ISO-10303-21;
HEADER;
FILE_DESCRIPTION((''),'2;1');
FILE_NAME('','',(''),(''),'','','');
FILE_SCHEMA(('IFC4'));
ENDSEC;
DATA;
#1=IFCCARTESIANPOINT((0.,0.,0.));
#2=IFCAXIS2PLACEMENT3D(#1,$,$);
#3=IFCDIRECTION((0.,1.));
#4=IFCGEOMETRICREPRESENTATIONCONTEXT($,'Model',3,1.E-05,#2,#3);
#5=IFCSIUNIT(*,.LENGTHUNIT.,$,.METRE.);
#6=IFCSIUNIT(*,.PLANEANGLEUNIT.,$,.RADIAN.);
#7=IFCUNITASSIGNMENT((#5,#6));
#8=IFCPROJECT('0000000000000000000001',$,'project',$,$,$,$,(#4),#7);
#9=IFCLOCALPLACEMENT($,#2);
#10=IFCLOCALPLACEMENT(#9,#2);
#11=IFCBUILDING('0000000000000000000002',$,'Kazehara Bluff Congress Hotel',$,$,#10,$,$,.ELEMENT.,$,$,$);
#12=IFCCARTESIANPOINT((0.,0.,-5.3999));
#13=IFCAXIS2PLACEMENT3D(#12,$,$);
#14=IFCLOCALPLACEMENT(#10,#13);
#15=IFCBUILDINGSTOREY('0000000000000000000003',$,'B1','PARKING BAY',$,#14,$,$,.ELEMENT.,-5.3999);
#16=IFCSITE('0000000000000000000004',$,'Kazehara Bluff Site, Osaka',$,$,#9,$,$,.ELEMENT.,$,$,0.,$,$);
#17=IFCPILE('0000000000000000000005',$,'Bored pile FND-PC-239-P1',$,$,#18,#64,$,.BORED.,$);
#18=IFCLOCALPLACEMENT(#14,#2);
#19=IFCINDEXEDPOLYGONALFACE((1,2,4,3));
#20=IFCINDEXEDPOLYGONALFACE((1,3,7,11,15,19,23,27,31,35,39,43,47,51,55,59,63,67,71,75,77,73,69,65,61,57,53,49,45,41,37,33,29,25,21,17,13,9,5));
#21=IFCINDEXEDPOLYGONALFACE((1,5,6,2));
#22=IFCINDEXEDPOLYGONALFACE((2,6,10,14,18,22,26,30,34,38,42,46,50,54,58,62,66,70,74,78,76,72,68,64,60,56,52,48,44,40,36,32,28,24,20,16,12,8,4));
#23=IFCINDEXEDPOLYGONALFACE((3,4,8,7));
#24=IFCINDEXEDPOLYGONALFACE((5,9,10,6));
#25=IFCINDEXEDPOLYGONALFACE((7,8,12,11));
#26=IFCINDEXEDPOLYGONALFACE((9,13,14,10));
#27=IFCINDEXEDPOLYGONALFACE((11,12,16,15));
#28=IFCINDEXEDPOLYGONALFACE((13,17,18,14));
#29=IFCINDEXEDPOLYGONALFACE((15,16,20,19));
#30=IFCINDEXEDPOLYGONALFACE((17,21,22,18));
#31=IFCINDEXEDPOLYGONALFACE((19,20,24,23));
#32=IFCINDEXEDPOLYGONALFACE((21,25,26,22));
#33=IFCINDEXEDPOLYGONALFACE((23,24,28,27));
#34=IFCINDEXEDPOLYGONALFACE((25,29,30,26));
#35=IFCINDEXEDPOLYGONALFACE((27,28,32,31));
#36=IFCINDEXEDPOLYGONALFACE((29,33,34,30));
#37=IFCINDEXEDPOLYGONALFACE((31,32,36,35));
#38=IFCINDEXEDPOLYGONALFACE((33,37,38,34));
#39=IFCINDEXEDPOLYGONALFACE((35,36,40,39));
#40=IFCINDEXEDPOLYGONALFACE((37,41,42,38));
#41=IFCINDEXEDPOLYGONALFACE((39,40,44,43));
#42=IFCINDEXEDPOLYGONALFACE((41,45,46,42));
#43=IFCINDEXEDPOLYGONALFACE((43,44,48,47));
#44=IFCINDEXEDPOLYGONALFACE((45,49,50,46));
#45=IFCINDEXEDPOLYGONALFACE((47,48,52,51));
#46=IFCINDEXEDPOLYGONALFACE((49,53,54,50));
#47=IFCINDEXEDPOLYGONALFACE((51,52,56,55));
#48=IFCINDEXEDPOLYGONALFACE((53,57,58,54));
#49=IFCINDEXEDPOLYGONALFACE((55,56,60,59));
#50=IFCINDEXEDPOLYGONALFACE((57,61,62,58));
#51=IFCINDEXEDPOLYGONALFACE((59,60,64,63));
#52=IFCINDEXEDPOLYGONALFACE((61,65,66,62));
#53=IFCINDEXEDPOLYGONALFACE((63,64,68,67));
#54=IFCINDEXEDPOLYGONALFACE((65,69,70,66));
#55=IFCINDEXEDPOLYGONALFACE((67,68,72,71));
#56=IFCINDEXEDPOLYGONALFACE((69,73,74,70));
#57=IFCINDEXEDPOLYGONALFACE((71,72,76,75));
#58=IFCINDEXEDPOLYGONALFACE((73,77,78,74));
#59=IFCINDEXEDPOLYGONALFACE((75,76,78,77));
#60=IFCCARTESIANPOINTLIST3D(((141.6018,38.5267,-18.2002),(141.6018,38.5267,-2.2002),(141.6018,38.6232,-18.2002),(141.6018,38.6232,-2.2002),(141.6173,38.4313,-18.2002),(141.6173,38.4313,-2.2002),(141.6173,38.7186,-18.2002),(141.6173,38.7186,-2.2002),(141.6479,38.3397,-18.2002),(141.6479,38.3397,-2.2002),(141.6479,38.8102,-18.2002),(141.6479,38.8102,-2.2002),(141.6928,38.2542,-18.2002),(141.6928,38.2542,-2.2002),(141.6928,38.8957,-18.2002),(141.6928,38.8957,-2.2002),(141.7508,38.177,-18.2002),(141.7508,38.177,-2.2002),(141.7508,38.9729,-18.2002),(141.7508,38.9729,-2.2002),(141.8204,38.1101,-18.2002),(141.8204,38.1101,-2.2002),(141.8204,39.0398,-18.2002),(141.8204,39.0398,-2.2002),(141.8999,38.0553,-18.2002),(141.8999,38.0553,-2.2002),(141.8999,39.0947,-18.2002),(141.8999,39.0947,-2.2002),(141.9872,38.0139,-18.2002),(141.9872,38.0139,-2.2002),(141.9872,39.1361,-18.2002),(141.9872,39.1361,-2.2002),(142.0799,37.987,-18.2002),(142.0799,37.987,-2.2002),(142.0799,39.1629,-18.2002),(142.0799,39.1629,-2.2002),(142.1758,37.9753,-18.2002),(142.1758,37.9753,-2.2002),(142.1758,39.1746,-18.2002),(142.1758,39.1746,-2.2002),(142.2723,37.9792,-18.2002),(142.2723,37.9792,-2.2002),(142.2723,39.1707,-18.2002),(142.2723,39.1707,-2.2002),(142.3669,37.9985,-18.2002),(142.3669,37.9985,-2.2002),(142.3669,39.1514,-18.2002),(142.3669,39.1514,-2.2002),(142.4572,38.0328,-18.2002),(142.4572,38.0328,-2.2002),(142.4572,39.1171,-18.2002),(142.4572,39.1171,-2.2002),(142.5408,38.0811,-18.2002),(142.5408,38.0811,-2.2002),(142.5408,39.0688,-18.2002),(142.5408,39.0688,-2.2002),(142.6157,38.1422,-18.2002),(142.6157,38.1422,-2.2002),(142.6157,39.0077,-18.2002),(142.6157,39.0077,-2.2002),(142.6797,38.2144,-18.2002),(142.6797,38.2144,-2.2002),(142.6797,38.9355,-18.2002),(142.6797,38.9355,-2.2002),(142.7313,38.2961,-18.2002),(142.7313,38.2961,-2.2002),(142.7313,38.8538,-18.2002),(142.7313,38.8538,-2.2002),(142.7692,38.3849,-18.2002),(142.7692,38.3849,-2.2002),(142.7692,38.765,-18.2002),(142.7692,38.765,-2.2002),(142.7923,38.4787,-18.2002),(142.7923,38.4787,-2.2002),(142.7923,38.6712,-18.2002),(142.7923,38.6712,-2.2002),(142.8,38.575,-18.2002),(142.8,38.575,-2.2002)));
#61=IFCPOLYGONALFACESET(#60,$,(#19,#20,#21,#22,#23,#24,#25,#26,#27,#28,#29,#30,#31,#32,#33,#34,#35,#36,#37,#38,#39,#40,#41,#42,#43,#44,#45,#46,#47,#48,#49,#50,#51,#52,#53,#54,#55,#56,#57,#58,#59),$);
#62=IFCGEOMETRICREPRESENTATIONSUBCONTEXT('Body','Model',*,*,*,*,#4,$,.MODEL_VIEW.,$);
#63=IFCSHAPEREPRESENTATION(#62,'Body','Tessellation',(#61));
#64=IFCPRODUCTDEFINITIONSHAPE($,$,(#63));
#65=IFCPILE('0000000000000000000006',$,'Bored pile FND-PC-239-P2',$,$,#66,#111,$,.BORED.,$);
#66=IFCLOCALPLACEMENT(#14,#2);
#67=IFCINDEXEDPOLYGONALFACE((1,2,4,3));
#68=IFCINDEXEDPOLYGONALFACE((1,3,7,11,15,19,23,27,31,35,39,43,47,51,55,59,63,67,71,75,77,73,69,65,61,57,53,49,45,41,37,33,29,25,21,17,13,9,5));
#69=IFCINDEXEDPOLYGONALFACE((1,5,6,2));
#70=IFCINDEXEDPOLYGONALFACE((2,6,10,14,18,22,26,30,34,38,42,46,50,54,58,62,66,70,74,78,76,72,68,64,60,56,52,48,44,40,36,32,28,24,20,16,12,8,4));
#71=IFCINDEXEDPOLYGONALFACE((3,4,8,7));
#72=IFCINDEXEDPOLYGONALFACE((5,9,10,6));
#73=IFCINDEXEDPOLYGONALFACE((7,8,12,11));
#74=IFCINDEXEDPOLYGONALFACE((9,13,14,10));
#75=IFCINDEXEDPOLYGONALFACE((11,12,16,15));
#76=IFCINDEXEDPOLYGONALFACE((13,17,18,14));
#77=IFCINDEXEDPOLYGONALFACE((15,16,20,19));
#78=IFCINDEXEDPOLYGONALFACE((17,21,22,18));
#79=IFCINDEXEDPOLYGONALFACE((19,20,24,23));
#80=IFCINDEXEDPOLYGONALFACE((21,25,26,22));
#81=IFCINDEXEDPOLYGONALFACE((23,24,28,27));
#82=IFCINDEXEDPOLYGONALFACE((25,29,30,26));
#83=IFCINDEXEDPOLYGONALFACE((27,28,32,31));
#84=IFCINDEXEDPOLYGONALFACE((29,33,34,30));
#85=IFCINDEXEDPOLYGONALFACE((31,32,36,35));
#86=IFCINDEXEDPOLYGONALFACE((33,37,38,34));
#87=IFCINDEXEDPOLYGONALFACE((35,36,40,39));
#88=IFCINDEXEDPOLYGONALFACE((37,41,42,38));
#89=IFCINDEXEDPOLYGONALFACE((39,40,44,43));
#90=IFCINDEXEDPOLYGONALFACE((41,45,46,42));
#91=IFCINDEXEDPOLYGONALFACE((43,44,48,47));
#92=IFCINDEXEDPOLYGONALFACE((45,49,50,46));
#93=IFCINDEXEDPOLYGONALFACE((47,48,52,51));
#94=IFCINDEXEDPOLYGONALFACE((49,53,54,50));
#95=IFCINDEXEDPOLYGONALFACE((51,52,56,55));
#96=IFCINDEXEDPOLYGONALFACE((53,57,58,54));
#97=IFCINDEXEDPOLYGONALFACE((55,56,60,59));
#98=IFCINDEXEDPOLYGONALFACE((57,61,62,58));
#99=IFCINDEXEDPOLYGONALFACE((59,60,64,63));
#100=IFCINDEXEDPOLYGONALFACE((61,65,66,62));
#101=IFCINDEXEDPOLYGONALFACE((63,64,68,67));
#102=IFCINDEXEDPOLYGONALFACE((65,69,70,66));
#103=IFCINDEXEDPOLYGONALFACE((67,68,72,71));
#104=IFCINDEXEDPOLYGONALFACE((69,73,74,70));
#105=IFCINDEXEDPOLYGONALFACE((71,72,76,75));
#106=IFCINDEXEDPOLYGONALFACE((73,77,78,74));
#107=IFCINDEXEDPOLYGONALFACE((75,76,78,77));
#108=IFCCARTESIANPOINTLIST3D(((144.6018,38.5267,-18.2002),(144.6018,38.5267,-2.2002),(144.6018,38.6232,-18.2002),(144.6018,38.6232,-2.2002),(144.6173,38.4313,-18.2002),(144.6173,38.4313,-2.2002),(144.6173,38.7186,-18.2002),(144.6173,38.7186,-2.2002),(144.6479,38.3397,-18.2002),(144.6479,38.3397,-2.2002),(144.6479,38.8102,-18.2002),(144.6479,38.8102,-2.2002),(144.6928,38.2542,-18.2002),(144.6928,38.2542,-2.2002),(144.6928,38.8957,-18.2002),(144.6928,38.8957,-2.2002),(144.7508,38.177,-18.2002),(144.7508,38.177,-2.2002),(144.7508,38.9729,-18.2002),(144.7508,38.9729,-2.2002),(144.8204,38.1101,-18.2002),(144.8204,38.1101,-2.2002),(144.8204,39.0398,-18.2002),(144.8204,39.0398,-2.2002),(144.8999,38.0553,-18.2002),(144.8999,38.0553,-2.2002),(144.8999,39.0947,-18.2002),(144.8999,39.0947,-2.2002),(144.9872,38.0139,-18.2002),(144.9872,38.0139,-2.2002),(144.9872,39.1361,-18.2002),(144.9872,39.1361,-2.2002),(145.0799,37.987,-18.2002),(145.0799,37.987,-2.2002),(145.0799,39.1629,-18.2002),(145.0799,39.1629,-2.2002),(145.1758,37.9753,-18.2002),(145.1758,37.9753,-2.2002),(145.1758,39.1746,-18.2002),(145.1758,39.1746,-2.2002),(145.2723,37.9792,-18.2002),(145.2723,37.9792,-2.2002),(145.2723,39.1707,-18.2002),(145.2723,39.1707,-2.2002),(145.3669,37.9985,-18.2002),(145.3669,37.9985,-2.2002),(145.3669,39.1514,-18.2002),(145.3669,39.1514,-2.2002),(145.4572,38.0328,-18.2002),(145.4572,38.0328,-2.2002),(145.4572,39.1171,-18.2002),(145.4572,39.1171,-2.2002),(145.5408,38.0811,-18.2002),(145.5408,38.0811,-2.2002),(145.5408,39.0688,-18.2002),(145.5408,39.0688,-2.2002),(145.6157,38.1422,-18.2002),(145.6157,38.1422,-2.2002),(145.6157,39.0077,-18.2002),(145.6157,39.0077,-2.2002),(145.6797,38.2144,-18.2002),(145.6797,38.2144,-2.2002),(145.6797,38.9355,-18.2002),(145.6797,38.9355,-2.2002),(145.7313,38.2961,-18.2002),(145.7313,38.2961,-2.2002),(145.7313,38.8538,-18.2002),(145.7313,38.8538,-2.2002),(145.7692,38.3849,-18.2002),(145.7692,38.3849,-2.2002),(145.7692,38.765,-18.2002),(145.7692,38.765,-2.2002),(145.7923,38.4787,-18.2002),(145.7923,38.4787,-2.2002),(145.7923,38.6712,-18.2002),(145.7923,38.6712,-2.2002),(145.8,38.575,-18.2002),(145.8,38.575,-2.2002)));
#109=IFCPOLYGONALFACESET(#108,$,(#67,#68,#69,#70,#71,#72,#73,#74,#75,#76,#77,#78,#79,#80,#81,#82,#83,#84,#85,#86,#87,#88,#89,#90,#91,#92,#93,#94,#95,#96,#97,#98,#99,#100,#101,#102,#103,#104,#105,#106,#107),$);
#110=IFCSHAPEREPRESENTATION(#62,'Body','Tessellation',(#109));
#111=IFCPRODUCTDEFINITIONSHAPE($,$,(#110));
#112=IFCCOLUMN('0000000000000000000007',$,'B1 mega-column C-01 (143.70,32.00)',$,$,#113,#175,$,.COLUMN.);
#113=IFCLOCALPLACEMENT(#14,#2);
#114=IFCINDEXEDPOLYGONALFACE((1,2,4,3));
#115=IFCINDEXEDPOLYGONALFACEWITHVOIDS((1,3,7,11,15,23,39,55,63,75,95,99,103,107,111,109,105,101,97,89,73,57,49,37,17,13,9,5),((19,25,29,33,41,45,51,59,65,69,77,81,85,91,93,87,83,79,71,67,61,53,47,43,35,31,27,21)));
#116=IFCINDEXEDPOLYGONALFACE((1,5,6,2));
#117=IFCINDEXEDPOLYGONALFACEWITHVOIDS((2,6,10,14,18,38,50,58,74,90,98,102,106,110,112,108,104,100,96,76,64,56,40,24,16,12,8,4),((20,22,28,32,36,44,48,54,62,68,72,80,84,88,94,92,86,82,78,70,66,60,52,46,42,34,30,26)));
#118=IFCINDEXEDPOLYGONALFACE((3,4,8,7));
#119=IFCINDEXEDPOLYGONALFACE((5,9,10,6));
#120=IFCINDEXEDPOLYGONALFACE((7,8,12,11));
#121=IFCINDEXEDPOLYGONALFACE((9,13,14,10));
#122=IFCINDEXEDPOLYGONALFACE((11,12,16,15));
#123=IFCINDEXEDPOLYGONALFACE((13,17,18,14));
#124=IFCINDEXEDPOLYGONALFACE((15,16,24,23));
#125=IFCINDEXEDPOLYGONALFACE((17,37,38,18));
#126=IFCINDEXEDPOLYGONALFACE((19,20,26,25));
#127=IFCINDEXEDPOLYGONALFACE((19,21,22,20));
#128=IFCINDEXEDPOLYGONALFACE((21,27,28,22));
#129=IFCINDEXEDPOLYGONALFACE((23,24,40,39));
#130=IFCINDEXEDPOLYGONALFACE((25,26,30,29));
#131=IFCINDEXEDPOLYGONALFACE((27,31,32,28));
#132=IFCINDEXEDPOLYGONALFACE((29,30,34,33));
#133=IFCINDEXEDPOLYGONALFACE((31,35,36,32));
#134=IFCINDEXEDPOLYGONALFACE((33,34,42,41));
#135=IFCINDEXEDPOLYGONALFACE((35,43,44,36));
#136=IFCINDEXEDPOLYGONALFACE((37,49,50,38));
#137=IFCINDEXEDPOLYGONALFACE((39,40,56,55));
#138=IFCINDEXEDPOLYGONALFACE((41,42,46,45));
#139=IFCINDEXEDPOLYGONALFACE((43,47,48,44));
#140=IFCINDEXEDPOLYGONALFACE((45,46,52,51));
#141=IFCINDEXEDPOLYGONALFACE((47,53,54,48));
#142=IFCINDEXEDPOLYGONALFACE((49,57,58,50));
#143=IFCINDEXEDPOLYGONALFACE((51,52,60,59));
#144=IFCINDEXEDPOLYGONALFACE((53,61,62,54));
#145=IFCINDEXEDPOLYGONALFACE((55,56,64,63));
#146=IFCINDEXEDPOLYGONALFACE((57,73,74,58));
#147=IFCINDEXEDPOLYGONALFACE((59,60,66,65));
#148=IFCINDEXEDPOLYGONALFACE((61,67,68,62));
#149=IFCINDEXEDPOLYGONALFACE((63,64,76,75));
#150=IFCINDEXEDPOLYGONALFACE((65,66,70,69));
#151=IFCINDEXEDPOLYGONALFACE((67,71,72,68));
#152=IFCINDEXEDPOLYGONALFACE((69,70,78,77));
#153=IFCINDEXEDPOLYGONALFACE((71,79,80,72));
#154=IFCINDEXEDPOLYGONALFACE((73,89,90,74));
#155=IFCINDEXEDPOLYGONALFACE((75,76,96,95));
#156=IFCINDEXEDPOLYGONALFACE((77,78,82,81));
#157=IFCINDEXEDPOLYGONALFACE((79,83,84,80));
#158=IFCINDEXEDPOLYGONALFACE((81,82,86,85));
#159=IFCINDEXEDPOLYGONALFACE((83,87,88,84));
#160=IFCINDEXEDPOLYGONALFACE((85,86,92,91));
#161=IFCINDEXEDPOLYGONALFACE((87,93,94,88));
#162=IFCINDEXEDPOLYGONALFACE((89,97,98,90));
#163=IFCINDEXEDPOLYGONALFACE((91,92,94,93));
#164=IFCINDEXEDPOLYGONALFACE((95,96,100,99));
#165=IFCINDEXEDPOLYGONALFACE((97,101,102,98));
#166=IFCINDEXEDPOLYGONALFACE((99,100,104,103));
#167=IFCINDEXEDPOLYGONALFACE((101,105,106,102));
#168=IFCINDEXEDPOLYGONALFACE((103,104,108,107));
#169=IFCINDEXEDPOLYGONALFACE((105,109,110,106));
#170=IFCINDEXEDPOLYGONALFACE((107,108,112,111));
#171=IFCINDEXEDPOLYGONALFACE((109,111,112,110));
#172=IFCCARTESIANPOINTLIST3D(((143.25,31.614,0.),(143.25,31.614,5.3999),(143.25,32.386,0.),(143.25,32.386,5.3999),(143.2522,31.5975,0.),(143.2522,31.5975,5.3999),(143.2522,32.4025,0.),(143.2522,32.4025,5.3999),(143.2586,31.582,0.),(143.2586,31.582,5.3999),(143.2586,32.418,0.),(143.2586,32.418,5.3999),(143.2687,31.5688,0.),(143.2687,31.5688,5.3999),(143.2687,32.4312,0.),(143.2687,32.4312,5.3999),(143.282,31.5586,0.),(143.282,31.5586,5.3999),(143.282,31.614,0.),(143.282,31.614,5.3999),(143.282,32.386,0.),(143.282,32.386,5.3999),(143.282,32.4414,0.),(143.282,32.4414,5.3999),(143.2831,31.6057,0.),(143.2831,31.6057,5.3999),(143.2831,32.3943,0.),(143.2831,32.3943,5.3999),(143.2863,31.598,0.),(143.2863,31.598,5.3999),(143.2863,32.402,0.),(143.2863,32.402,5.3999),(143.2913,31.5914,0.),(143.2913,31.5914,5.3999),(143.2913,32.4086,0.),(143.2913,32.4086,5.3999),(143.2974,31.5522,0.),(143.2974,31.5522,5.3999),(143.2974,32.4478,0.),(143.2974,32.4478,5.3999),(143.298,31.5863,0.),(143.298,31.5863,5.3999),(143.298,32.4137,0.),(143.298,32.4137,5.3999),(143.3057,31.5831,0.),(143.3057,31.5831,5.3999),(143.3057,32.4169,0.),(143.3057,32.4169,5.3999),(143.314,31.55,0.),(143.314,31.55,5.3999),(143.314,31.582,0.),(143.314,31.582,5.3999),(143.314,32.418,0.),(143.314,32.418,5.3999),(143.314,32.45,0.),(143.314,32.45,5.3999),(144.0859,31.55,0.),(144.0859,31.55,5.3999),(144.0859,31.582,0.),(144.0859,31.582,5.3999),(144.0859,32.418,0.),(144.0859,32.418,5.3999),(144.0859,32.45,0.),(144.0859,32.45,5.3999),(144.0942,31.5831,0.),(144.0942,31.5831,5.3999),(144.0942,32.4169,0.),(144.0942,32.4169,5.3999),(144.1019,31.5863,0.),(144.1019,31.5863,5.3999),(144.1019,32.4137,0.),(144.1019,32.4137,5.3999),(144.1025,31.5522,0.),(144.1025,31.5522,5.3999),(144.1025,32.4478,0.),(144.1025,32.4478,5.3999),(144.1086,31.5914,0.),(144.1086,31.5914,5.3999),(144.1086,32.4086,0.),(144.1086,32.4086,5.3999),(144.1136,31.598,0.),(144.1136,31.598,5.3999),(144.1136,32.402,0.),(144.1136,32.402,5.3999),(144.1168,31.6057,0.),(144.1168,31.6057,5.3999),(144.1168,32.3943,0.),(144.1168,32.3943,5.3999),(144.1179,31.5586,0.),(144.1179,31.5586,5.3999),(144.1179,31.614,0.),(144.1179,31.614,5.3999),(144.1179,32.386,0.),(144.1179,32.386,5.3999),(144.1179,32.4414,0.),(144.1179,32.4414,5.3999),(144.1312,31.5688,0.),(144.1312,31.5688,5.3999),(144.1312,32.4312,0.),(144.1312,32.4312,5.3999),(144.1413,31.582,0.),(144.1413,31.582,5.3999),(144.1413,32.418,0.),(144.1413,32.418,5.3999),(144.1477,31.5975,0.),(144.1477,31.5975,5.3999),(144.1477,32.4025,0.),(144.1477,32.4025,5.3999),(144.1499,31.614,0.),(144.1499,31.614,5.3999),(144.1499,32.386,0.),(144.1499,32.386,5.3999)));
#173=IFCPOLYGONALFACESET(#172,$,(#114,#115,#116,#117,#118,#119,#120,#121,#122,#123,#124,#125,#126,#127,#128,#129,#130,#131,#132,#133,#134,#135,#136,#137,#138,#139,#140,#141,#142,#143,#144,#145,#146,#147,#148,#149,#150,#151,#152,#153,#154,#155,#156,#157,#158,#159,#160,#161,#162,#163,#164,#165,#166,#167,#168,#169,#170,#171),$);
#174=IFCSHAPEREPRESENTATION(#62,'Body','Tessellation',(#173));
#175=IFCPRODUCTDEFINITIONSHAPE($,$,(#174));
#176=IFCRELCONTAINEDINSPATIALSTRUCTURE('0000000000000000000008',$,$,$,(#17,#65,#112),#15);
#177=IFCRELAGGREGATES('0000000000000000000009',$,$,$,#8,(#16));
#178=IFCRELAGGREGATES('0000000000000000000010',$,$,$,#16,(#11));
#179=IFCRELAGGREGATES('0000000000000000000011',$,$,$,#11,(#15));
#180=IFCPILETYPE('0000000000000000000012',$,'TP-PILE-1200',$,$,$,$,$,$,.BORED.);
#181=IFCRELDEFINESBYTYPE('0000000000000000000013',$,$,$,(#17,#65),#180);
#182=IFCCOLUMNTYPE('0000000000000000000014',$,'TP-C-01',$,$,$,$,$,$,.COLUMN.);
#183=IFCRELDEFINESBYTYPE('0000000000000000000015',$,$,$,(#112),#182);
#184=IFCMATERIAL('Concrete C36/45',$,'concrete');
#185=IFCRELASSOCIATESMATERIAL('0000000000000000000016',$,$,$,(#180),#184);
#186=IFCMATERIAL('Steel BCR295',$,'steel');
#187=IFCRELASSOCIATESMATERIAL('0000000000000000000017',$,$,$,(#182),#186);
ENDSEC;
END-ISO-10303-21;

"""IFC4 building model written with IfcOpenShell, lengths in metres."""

from ifc_helpers import new_model, si_unit, direction, frame, origin, origin_2d, place, context, subcontext, project, spatial, hollow_rectangle, circle, extrude, material, material_profile, profile_set, type_object, element, save


model = new_model("IFC4")

# Units and contexts
model_context = context("Model", 3, precision=1e-05, world=origin(), true_north=direction((0.0, 1.0)))
body_context = subcontext(model_context, "Body", "Model", "MODEL_VIEW")
ifc_project = project(units=[si_unit("LENGTHUNIT", "METRE"), si_unit("PLANEANGLEUNIT", "RADIAN")], contexts=[model_context])

# Site, building, storey
site_placement = place(None, origin())
site = spatial("IfcSite", under=ifc_project, at=site_placement, Name="Kazehara Bluff Site, Osaka", CompositionType="ELEMENT", RefElevation=0.0)
building_placement = place(site_placement, origin())
building = spatial("IfcBuilding", under=site, at=building_placement, Name="Kazehara Bluff Congress Hotel", CompositionType="ELEMENT")
storey_placement = place(building_placement, frame((0.0, 0.0, -5.3999)))
storey = spatial("IfcBuildingStorey", under=building, at=storey_placement, Name="B1", Description="PARKING BAY", CompositionType="ELEMENT", Elevation=-5.3999)

# Piles
ifc_material_1 = material(Name="Concrete C36/45", Category="concrete")
ifc_material_profile_1 = material_profile(ifc_material_1, circle(Radius=0.6001, at=origin_2d()))
ifc_profile_set_1 = profile_set([ifc_material_profile_1], Name="Concrete C36/45")
pile_type = type_object("IfcPileType", Name="TP-PILE-1200", PredefinedType="BORED", material=ifc_profile_set_1)
for number, where, z_axis, x_axis, name in (
    (1, (142.2, 38.575, -2.2002), (0.0, 0.0, -1.0), (1.0, 0.0, 0.0), "Bored pile FND-PC-239-P1"),
    (2, (145.2, 38.575, -2.2002), (0.0, 0.0, -1.0), (1.0, 0.0, 0.0), "Bored pile FND-PC-239-P2"),
):
    element("IfcPile", number, at=place(storey_placement, frame(where, z_axis=z_axis, x_axis=x_axis)), inside=storey, type_object=pile_type, Name=name, PredefinedType="BORED", context=body_context, shape_type="SweptSolid", body=[
        extrude(circle(Radius=0.6001, at=origin_2d()), origin(), (0.0, 0.0, 1.0), 16.0),
    ])

# Column
ifc_material_2 = material(Name="Steel BCR295", Category="steel")
ifc_material_profile_2 = material_profile(ifc_material_2, hollow_rectangle(XDim=0.8999, YDim=0.8999, WallThickness=0.032, InnerFilletRadius=0.032, OuterFilletRadius=0.064, at=origin_2d()))
ifc_profile_set_2 = profile_set([ifc_material_profile_2], Name="Steel BCR295")
column_type_1 = type_object("IfcColumnType", Name="TP-C-01", PredefinedType="COLUMN", material=ifc_profile_set_2)
for number, where, z_axis, x_axis, name in (
    (3, (143.7, 32.0, 0.0), (0.0, 0.0, 1.0), (1.0, 0.0, 0.0), "B1 mega-column C-01 (143.70,32.00)"),
):
    element("IfcColumn", number, at=place(storey_placement, frame(where, z_axis=z_axis, x_axis=x_axis)), inside=storey, type_object=column_type_1, Name=name, PredefinedType="COLUMN", context=body_context, shape_type="SweptSolid", body=[
        extrude(hollow_rectangle(XDim=0.8999, YDim=0.8999, WallThickness=0.032, InnerFilletRadius=0.032, OuterFilletRadius=0.064, at=origin_2d()), origin(), (0.0, 0.0, 1.0), 5.3999),
    ])

save(model, "model.ifc")
